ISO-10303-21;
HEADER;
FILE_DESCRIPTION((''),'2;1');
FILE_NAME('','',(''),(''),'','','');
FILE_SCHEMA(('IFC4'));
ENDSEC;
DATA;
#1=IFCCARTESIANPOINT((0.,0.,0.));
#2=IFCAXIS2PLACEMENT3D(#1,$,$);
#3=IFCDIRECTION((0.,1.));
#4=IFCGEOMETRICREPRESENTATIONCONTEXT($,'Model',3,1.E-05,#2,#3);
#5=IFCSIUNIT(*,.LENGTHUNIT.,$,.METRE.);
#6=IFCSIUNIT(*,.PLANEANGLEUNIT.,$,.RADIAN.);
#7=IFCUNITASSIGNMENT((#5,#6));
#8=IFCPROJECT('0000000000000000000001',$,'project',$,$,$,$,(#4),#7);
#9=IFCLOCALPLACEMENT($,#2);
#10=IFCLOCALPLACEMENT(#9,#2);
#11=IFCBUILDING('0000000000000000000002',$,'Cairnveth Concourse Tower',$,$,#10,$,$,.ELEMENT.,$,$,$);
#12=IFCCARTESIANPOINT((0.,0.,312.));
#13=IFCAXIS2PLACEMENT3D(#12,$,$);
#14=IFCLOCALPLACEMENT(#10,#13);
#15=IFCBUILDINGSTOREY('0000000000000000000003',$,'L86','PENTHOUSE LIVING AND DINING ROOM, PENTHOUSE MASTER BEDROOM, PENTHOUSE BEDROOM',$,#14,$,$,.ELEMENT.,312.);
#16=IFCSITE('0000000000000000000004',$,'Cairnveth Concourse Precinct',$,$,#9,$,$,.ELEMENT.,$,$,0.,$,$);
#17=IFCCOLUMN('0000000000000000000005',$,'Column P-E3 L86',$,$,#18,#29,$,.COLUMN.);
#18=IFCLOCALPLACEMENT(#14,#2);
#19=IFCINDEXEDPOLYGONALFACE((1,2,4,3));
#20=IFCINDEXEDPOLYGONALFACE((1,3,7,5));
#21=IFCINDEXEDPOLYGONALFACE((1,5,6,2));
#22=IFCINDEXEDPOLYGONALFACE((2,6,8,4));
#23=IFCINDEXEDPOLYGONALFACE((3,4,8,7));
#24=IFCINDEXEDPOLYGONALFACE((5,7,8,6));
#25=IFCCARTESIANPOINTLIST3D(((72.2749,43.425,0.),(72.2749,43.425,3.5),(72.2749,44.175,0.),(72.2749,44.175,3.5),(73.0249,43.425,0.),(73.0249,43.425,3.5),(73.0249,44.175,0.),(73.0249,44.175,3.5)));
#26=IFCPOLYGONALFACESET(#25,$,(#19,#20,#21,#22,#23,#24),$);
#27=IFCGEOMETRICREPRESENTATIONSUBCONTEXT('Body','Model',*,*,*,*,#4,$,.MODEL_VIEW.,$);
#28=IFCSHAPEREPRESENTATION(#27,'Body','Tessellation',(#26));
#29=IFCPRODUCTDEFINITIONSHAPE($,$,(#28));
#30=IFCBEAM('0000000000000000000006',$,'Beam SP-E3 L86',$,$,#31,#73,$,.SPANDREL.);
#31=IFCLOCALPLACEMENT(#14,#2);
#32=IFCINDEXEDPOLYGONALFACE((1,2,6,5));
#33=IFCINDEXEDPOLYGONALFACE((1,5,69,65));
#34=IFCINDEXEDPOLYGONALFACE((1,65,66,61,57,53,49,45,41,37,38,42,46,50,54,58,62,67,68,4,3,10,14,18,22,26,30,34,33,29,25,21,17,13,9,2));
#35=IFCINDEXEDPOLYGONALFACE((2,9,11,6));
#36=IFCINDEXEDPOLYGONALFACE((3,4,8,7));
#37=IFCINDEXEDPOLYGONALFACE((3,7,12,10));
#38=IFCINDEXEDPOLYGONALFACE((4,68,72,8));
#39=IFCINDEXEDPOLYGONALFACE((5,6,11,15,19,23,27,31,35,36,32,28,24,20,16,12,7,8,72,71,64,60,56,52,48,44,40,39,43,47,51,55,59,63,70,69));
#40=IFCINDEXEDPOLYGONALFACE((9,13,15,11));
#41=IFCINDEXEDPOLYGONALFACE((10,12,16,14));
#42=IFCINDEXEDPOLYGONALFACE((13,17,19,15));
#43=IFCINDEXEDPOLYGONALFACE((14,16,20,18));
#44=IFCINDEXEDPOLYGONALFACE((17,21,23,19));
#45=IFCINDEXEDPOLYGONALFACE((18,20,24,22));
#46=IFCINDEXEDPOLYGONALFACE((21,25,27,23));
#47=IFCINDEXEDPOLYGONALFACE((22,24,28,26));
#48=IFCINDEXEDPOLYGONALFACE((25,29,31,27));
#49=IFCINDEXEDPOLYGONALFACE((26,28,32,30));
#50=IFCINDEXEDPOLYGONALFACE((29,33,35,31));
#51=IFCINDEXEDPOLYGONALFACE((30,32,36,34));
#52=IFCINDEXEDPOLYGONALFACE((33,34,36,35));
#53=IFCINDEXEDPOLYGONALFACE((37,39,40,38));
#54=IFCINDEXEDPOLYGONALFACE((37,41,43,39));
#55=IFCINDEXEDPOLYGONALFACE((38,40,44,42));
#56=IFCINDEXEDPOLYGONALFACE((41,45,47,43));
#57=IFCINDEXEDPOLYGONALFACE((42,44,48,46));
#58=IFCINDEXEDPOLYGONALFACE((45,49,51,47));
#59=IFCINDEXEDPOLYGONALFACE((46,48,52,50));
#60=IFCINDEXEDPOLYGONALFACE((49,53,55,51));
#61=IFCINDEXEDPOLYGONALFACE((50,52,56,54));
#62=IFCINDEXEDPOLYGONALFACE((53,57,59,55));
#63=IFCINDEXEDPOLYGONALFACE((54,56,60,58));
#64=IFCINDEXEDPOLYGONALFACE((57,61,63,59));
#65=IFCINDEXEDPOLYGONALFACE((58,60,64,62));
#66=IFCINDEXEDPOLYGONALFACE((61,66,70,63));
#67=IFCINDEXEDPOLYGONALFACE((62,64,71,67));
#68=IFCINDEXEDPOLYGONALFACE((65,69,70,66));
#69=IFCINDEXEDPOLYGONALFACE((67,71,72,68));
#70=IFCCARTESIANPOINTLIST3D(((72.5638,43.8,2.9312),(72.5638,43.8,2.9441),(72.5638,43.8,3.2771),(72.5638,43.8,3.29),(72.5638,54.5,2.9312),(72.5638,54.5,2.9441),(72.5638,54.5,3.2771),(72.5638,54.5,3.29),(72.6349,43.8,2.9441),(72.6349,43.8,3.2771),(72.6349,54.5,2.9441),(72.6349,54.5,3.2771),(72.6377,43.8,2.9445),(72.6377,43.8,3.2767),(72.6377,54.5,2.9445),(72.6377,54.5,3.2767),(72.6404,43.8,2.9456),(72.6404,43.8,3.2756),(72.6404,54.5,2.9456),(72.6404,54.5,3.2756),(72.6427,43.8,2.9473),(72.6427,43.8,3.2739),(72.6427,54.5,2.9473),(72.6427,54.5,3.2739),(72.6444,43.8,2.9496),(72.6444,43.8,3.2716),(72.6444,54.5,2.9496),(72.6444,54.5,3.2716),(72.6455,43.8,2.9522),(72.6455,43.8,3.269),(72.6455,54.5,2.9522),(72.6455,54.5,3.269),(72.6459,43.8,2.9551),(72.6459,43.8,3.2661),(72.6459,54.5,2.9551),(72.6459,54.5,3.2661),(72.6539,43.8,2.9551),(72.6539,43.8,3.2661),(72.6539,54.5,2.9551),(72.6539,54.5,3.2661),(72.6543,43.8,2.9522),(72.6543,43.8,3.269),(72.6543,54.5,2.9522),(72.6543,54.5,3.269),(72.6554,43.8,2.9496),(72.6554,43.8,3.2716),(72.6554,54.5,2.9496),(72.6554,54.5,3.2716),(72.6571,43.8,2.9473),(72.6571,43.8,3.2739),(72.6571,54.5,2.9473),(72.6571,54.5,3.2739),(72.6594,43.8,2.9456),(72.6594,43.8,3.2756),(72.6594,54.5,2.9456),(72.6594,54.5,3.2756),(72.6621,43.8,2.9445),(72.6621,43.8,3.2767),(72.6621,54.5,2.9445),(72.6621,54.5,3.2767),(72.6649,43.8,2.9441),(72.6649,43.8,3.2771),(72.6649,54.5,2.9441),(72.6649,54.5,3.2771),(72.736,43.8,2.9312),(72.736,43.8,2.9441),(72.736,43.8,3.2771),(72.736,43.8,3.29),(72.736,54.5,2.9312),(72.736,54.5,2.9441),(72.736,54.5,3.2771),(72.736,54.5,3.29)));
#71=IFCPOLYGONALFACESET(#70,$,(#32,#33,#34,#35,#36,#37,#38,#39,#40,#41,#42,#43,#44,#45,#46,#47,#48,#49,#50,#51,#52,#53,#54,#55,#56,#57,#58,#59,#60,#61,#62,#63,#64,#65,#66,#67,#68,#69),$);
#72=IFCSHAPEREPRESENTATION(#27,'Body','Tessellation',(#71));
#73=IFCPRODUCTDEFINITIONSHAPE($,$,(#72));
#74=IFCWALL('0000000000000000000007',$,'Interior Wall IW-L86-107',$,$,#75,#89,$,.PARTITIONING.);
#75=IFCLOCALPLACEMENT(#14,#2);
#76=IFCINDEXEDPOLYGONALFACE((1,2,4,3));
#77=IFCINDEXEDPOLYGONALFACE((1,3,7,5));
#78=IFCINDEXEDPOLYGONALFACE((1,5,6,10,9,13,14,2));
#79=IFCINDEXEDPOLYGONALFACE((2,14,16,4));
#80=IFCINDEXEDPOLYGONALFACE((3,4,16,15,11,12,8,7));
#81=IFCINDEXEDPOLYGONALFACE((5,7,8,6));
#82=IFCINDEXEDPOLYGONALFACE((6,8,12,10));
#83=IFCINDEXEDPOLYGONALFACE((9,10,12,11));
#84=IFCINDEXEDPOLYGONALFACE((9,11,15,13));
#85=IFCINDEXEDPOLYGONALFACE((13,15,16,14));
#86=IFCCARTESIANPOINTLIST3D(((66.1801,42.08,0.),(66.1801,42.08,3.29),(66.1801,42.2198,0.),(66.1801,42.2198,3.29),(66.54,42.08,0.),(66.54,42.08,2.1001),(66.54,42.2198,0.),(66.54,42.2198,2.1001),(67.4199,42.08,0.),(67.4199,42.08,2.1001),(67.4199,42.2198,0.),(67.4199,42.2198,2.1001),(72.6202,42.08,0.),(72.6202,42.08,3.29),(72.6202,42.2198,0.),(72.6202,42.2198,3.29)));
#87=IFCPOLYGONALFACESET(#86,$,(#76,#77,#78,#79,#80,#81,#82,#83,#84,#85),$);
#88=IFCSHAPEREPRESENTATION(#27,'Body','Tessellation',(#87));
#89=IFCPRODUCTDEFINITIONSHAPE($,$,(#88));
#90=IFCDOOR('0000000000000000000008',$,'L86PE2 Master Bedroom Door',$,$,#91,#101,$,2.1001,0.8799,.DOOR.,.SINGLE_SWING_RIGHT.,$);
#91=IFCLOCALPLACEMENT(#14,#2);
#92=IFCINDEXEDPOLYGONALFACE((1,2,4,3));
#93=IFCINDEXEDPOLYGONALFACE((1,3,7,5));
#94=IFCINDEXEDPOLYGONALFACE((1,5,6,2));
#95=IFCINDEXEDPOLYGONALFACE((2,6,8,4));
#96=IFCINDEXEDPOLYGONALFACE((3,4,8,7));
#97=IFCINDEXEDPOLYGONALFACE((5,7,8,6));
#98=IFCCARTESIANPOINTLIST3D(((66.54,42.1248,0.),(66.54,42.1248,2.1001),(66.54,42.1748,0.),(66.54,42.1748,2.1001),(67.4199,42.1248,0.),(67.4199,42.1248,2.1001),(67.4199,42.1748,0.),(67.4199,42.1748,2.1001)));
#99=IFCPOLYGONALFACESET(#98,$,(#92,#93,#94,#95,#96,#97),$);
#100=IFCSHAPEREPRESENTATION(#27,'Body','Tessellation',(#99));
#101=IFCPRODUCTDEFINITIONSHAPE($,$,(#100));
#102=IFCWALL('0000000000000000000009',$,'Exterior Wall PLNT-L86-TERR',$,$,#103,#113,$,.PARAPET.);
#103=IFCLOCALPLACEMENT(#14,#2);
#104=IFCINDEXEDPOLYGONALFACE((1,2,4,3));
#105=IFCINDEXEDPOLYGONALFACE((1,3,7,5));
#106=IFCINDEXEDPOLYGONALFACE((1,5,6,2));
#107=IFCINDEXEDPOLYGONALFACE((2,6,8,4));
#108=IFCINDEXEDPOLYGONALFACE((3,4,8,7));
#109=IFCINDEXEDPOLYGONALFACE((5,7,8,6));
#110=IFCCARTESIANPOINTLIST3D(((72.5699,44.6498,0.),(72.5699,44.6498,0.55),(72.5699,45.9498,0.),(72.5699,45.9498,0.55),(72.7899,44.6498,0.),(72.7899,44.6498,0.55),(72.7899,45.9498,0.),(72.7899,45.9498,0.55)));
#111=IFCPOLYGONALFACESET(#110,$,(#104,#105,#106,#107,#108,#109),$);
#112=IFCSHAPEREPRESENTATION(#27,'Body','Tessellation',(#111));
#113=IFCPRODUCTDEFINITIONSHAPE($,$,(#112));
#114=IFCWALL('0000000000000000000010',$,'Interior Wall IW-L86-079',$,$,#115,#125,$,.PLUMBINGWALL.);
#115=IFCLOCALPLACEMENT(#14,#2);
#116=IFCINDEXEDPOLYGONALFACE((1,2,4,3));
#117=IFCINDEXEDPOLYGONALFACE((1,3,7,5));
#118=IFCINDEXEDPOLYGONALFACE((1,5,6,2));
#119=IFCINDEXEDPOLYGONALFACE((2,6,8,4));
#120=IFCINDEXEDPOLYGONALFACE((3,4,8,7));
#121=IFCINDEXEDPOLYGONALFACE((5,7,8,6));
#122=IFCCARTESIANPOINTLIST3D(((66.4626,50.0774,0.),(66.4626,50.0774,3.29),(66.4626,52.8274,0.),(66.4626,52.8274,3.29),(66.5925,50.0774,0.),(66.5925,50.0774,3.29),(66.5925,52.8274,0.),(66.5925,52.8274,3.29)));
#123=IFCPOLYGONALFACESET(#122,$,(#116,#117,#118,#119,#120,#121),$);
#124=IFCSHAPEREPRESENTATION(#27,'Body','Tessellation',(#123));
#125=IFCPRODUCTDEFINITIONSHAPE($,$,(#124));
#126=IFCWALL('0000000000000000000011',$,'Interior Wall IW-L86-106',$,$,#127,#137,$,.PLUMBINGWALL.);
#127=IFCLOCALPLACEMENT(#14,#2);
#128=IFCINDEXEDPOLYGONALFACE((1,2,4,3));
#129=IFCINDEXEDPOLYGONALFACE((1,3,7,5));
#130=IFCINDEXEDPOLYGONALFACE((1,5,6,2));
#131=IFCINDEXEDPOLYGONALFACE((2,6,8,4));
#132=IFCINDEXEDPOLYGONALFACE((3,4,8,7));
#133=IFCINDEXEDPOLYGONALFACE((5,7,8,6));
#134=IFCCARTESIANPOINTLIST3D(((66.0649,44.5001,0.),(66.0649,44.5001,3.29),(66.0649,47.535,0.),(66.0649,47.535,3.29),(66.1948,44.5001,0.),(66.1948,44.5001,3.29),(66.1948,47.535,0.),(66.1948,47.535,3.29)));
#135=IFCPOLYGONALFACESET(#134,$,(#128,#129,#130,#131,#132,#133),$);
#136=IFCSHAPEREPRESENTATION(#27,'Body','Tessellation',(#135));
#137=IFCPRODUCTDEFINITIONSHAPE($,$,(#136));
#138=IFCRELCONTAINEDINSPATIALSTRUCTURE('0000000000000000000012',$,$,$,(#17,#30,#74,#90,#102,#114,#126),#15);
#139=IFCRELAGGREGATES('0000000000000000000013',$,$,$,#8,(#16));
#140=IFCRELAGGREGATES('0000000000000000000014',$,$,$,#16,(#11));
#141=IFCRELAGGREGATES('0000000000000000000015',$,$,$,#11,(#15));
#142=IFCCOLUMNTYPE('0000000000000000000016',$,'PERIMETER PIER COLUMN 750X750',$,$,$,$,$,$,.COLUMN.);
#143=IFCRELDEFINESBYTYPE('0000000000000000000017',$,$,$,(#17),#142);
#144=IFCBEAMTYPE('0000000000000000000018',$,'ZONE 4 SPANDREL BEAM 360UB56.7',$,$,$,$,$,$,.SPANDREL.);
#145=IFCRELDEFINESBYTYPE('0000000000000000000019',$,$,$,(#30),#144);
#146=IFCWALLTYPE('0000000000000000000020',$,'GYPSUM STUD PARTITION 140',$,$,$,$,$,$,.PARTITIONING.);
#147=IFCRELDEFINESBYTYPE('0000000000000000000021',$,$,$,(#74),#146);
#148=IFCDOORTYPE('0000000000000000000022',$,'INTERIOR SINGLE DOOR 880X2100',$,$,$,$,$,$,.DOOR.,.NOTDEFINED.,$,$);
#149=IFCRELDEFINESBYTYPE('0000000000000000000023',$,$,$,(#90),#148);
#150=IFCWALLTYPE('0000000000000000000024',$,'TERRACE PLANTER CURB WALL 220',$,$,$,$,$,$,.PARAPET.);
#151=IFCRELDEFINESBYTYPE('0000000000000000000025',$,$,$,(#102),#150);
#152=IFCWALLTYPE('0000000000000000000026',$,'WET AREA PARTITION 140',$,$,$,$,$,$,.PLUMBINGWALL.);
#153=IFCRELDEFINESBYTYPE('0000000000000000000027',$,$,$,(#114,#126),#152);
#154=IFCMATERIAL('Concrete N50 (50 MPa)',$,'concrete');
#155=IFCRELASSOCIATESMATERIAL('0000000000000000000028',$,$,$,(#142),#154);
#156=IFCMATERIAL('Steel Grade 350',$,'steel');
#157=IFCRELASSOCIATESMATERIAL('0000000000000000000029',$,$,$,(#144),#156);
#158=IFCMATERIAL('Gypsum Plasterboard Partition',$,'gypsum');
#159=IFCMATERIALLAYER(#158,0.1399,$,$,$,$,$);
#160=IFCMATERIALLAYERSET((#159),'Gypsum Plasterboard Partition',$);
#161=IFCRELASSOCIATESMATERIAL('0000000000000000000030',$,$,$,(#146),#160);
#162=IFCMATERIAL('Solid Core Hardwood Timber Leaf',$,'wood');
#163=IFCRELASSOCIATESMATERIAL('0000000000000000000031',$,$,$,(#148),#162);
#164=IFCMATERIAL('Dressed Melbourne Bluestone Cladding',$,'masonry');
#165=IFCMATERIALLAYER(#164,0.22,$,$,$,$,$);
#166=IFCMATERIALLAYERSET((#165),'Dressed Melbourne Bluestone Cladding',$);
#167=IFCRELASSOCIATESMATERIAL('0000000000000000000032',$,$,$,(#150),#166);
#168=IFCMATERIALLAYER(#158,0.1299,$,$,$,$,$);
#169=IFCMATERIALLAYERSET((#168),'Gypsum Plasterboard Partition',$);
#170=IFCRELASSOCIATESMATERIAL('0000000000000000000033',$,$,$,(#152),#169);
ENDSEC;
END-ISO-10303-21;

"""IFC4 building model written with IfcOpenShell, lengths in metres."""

from ifc_helpers import new_model, si_unit, direction, frame, frame_2d, origin, origin_2d, place, context, subcontext, project, spatial, rectangle, i_section, extrude, material, layer, layer_set, material_profile, profile_set, type_object, element, fill, save


model = new_model("IFC4")

# Units and contexts
model_context = context("Model", 3, precision=1e-05, world=origin(), true_north=direction((0.0, 1.0)))
body_context = subcontext(model_context, "Body", "Model", "MODEL_VIEW")
ifc_project = project(units=[si_unit("LENGTHUNIT", "METRE"), si_unit("PLANEANGLEUNIT", "RADIAN")], contexts=[model_context])

# Site, building, storey
site_placement = place(None, origin())
site = spatial("IfcSite", under=ifc_project, at=site_placement, Name="Cairnveth Concourse Precinct", CompositionType="ELEMENT", RefElevation=0.0)
building_placement = place(site_placement, origin())
building = spatial("IfcBuilding", under=site, at=building_placement, Name="Cairnveth Concourse Tower", CompositionType="ELEMENT")
storey_placement = place(building_placement, frame((0.0, 0.0, 312.0)))
storey = spatial("IfcBuildingStorey", under=building, at=storey_placement, Name="L86", Description="PENTHOUSE LIVING AND DINING ROOM, PENTHOUSE MASTER BEDROOM, PENTHOUSE BEDROOM", CompositionType="ELEMENT", Elevation=312.0)

# Column
ifc_material_1 = material(Name="Concrete N50 (50 MPa)", Category="concrete")
ifc_material_profile_1 = material_profile(ifc_material_1, rectangle(XDim=0.75, YDim=0.75, at=origin_2d()), Name="RC-COL-750x750")
ifc_profile_set_1 = profile_set([ifc_material_profile_1], Name="Concrete N50 (50 MPa)")
column_type = type_object("IfcColumnType", Name="PERIMETER PIER COLUMN 750X750", PredefinedType="COLUMN", material=ifc_profile_set_1)
column_placement = place(storey_placement, frame((72.6499, 43.8, 0.0), z_axis=(0.0, 0.0, 1.0), x_axis=(0.0, 1.0, 0.0)))
element("IfcColumn", 1, at=column_placement, inside=storey, type_object=column_type, Name="Column P-E3 L86", PredefinedType="COLUMN", context=body_context, shape_type="SweptSolid", body=[
    extrude(rectangle(XDim=0.75, YDim=0.75, at=origin_2d()), origin(), (0.0, 0.0, 1.0), 3.5),
])

# Beam
ifc_material_2 = material(Name="Steel Grade 350", Category="steel")
ifc_material_profile_2 = material_profile(ifc_material_2, i_section(OverallWidth=0.1721, OverallDepth=0.3589, WebThickness=0.0081, FlangeThickness=0.0129, FilletRadius=0.011, at=origin_2d()), Name="360UB56.7")
ifc_profile_set_2 = profile_set([ifc_material_profile_2], Name="Steel Grade 350")
beam_type = type_object("IfcBeamType", Name="ZONE 4 SPANDREL BEAM 360UB56.7", PredefinedType="SPANDREL", material=ifc_profile_set_2)
beam_placement = place(storey_placement, frame((72.6499, 43.8, 3.1106), z_axis=(0.0, 1.0, 0.0), x_axis=(-1.0, 0.0, 0.0)))
element("IfcBeam", 2, at=beam_placement, inside=storey, type_object=beam_type, Name="Beam SP-E3 L86", PredefinedType="SPANDREL", context=body_context, shape_type="SweptSolid", body=[
    extrude(i_section(OverallWidth=0.1721, OverallDepth=0.3589, WebThickness=0.0081, FlangeThickness=0.0129, FilletRadius=0.011, at=origin_2d()), origin(), (0.0, 0.0, 1.0), 10.7),
])

# Wall, opening, door
ifc_material_3 = material(Name="Gypsum Plasterboard Partition", Category="gypsum")
ifc_layer_1 = layer(ifc_material_3, 0.1399)
ifc_layer_set_1 = layer_set([ifc_layer_1], Name="Gypsum Plasterboard Partition")
wall_type_1 = type_object("IfcWallType", Name="GYPSUM STUD PARTITION 140", PredefinedType="PARTITIONING", material=ifc_layer_set_1)
wall_1_placement = place(storey_placement, frame((66.1799, 42.1499, 0.0), z_axis=(0.0, 0.0, 1.0), x_axis=(1.0, 0.0, 0.0)))
wall_1 = element("IfcWall", 3, at=wall_1_placement, inside=storey, type_object=wall_type_1, Name="Interior Wall IW-L86-107", PredefinedType="PARTITIONING", context=body_context, shape_type="SweptSolid", body=[
    extrude(rectangle(XDim=6.4402, YDim=0.1399, at=frame_2d((3.2202, 0.0))), origin(), (0.0, 0.0, 1.0), 3.29),
])
opening_1_placement = place(wall_1_placement, frame((0.3601, 0.0, 0.0)))
opening_1 = element("IfcOpeningElement", 4, at=opening_1_placement, cuts=wall_1, PredefinedType="OPENING", context=body_context, shape_type="SweptSolid", body=[
    extrude(rectangle(XDim=0.8799, YDim=2.1001, at=frame_2d((0.4399, 1.05))), frame((0.0, 0.0798, 0.0), z_axis=(0.0, -1.0, 0.0), x_axis=(1.0, 0.0, 0.0)), (0.0, 0.0, 1.0), 0.1599),
])
ifc_material_4 = material(Name="Solid Core Hardwood Timber Leaf", Category="wood")
door_type_1 = type_object("IfcDoorType", Name="INTERIOR SINGLE DOOR 880X2100", OperationType="NOTDEFINED", PredefinedType="DOOR", material=ifc_material_4)
door_1_placement = place(opening_1_placement, origin())
door_1 = element("IfcDoor", 5, at=door_1_placement, inside=storey, type_object=door_type_1, Name="L86PE2 Master Bedroom Door", OperationType="SINGLE_SWING_RIGHT", OverallHeight=2.1001, OverallWidth=0.8799, PredefinedType="DOOR", context=body_context, shape_type="SweptSolid", body=[
    extrude(rectangle(XDim=0.8799, YDim=2.1001, at=frame_2d((0.4399, 1.05))), frame((0.0, 0.0249, 0.0), z_axis=(0.0, -1.0, 0.0), x_axis=(1.0, 0.0, 0.0)), (0.0, 0.0, 1.0), 0.05),
])
fill(opening_1, door_1)

# Walls
ifc_material_5 = material(Name="Dressed Melbourne Bluestone Cladding", Category="masonry")
ifc_layer_2 = layer(ifc_material_5, 0.22)
ifc_layer_set_2 = layer_set([ifc_layer_2], Name="Dressed Melbourne Bluestone Cladding")
wall_type_2 = type_object("IfcWallType", Name="TERRACE PLANTER CURB WALL 220", PredefinedType="PARAPET", material=ifc_layer_set_2)
wall_2_placement = place(storey_placement, frame((72.6799, 44.6499, 0.0), z_axis=(0.0, 0.0, 1.0), x_axis=(0.0, 1.0, 0.0)))
element("IfcWall", 6, at=wall_2_placement, inside=storey, type_object=wall_type_2, Name="Exterior Wall PLNT-L86-TERR", PredefinedType="PARAPET", context=body_context, shape_type="SweptSolid", body=[
    extrude(rectangle(XDim=1.3, YDim=0.22, at=frame_2d((0.6499, 0.0))), origin(), (0.0, 0.0, 1.0), 0.55),
])
ifc_layer_3 = layer(ifc_material_3, 0.1299)
ifc_layer_set_3 = layer_set([ifc_layer_3], Name="Gypsum Plasterboard Partition")
wall_type_3 = type_object("IfcWallType", Name="WET AREA PARTITION 140", PredefinedType="PLUMBINGWALL", material=ifc_layer_set_3)
wall_3_placement = place(storey_placement, frame((66.5276, 50.0774, 0.0), z_axis=(0.0, 0.0, 1.0), x_axis=(0.0, 1.0, 0.0)))
element("IfcWall", 7, at=wall_3_placement, inside=storey, type_object=wall_type_3, Name="Interior Wall IW-L86-079", PredefinedType="PLUMBINGWALL", context=body_context, shape_type="SweptSolid", body=[
    extrude(rectangle(XDim=2.75, YDim=0.1299, at=frame_2d((1.375, 0.0))), origin(), (0.0, 0.0, 1.0), 3.29),
])
wall_4_placement = place(storey_placement, frame((66.1299, 44.5, 0.0), z_axis=(0.0, 0.0, 1.0), x_axis=(0.0, 1.0, 0.0)))
element("IfcWall", 8, at=wall_4_placement, inside=storey, type_object=wall_type_3, Name="Interior Wall IW-L86-106", PredefinedType="PLUMBINGWALL", context=body_context, shape_type="SweptSolid", body=[
    extrude(rectangle(XDim=3.0349, YDim=0.1299, at=frame_2d((1.5176, 0.0))), origin(), (0.0, 0.0, 1.0), 3.29),
])

save(model, "model.ifc")
